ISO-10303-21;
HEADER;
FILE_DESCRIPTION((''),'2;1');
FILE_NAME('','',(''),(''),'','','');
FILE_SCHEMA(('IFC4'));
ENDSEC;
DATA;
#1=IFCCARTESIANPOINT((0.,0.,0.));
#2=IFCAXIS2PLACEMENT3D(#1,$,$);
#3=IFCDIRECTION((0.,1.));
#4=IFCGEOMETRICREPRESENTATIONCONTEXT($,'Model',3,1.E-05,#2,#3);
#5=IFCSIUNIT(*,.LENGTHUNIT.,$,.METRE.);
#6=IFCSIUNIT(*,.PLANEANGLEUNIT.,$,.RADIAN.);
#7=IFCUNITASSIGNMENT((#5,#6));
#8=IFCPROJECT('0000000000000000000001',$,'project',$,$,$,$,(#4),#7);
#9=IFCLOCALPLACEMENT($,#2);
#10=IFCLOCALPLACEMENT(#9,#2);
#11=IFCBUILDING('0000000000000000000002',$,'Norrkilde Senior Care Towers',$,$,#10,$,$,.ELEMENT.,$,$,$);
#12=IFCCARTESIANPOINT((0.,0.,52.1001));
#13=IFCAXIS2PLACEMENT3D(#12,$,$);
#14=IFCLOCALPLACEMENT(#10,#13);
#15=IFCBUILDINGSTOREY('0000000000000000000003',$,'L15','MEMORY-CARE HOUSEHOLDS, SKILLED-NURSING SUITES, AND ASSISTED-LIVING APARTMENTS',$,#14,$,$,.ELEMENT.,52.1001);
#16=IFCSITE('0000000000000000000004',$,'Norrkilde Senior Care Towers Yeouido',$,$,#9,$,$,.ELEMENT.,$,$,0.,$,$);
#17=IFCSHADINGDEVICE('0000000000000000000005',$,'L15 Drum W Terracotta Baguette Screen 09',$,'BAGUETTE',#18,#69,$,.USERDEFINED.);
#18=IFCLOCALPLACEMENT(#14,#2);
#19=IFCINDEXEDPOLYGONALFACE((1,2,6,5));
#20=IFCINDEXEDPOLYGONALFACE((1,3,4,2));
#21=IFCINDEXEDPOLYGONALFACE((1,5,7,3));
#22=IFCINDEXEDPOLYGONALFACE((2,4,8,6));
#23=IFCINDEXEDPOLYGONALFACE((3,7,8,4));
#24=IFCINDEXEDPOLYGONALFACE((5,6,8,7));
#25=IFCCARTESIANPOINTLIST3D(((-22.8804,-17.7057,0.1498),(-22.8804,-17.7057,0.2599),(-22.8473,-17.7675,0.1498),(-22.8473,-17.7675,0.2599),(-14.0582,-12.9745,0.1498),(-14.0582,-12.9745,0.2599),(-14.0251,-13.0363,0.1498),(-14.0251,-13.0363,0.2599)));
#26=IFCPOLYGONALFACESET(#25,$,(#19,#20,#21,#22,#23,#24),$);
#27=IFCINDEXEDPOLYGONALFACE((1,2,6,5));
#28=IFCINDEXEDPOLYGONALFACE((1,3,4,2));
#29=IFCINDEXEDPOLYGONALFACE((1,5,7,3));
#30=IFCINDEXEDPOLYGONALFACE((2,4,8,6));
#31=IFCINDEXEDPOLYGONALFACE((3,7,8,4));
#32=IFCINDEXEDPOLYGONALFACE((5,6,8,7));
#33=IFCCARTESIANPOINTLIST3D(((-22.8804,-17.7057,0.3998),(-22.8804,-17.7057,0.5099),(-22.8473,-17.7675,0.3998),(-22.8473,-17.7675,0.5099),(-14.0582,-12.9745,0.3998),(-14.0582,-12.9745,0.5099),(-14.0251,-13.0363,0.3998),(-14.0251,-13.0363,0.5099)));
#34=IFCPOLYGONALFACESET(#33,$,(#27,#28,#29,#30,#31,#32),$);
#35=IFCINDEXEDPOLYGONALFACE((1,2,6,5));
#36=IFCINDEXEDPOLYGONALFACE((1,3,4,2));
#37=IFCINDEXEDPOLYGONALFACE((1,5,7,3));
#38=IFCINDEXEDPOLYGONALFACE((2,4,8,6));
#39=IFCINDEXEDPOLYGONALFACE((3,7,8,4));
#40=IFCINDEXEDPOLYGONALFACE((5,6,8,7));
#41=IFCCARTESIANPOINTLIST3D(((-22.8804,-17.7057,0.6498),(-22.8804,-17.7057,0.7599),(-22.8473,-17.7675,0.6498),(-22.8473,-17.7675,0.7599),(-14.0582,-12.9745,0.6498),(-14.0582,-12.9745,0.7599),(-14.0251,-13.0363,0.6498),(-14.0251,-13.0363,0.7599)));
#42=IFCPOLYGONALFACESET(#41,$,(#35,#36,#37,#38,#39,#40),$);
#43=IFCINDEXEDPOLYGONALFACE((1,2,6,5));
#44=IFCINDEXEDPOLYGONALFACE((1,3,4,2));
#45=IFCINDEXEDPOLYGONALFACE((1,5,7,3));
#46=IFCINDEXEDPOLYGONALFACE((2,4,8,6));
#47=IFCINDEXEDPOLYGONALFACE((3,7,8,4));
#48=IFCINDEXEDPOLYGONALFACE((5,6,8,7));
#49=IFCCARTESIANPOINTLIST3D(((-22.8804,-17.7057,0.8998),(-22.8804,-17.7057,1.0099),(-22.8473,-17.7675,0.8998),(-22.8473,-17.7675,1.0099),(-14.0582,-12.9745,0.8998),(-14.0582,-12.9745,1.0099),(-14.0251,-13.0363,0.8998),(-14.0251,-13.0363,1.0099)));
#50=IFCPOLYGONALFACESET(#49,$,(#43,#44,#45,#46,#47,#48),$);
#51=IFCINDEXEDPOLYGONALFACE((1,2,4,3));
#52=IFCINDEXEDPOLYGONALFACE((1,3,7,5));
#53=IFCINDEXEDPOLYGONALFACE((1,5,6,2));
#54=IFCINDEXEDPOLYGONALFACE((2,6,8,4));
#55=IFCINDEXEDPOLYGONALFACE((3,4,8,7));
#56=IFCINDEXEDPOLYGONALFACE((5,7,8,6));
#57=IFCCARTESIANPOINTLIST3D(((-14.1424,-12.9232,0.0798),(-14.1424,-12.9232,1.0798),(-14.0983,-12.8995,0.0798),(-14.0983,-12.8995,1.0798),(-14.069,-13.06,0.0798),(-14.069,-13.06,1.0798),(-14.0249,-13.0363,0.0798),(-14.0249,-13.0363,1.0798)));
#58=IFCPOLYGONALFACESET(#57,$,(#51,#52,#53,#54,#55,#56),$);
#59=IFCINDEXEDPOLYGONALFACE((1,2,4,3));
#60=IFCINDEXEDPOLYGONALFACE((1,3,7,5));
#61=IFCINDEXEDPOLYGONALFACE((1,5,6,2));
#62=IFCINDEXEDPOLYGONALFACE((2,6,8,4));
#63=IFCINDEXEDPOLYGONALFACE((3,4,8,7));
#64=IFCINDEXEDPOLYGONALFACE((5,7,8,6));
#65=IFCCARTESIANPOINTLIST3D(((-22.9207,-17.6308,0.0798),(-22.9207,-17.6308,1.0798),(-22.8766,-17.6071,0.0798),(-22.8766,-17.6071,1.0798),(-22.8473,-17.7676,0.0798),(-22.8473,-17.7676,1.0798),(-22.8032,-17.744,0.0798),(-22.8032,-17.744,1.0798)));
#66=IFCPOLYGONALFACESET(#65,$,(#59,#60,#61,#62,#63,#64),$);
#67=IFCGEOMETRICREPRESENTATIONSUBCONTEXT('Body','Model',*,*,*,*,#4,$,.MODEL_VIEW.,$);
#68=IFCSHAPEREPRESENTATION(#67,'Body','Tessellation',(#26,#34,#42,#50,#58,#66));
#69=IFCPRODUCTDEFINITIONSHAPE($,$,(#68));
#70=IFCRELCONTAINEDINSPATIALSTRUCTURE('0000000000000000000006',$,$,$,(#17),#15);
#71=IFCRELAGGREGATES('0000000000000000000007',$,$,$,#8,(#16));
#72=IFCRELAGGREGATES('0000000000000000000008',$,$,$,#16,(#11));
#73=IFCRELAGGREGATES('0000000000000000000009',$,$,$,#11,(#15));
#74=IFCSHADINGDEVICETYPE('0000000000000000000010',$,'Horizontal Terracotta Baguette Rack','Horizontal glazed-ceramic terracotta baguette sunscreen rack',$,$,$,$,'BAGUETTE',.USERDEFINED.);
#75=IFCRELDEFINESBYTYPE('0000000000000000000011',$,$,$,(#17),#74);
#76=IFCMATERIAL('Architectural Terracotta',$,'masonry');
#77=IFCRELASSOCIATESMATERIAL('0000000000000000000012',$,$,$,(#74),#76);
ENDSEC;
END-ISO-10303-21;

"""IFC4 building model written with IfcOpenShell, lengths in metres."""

from ifc_helpers import new_model, si_unit, direction, frame, origin, origin_2d, place, context, subcontext, project, spatial, rectangle, extrude, source, transform, mapped, material, type_object, type_shapes, element, save


model = new_model("IFC4")

# Units and contexts
model_context = context("Model", 3, precision=1e-05, world=origin(), true_north=direction((0.0, 1.0)))
body_context = subcontext(model_context, "Body", "Model", "MODEL_VIEW")
ifc_project = project(units=[si_unit("LENGTHUNIT", "METRE"), si_unit("PLANEANGLEUNIT", "RADIAN")], contexts=[model_context])

# Site, building, storey
site_placement = place(None, origin())
site = spatial("IfcSite", under=ifc_project, at=site_placement, Name="Norrkilde Senior Care Towers Yeouido", CompositionType="ELEMENT", RefElevation=0.0)
building_placement = place(site_placement, origin())
building = spatial("IfcBuilding", under=site, at=building_placement, Name="Norrkilde Senior Care Towers", CompositionType="ELEMENT")
storey_placement = place(building_placement, frame((0.0, 0.0, 52.1001)))
storey = spatial("IfcBuildingStorey", under=building, at=storey_placement, Name="L15", Description="MEMORY-CARE HOUSEHOLDS, SKILLED-NURSING SUITES, AND ASSISTED-LIVING APARTMENTS", CompositionType="ELEMENT", Elevation=52.1001)

# Shading device
ifc_material_1 = material(Name="Architectural Terracotta", Category="masonry")
shading_device_type = type_object("IfcShadingDeviceType", Name="Horizontal Terracotta Baguette Rack", Description="Horizontal glazed-ceramic terracotta baguette sunscreen rack", ElementType="BAGUETTE", PredefinedType="USERDEFINED", material=ifc_material_1)
shared_shape_1 = source(origin(), body_context, "Body", "SweptSolid", [
    extrude(rectangle(XDim=0.0701, YDim=0.1101, at=origin_2d()), frame((0.0, 0.0901, 0.125), z_axis=(1.0, 0.0, 0.0), x_axis=(0.0, 1.0, 0.0)), (0.0, 0.0, 1.0), 10.0107),
    extrude(rectangle(XDim=0.0701, YDim=0.1101, at=origin_2d()), frame((0.0, 0.0901, 0.375), z_axis=(1.0, 0.0, 0.0), x_axis=(0.0, 1.0, 0.0)), (0.0, 0.0, 1.0), 10.0107),
    extrude(rectangle(XDim=0.0701, YDim=0.1101, at=origin_2d()), frame((0.0, 0.0901, 0.625), z_axis=(1.0, 0.0, 0.0), x_axis=(0.0, 1.0, 0.0)), (0.0, 0.0, 1.0), 10.0107),
    extrude(rectangle(XDim=0.0701, YDim=0.1101, at=origin_2d()), frame((0.0, 0.0901, 0.875), z_axis=(1.0, 0.0, 0.0), x_axis=(0.0, 1.0, 0.0)), (0.0, 0.0, 1.0), 10.0107),
    extrude(rectangle(XDim=0.05, YDim=0.1553, at=origin_2d()), frame((0.0249, 0.0476, 0.0)), (0.0, 0.0, 1.0), 1.0),
    extrude(rectangle(XDim=0.05, YDim=0.1553, at=origin_2d()), frame((9.9858, 0.0476, 0.0)), (0.0, 0.0, 1.0), 1.0),
])
type_shapes(shading_device_type, [shared_shape_1])
shading_device_placement = place(storey_placement, frame((-14.0842, -12.926, 0.0798), z_axis=(0.0, 0.0, 1.0), x_axis=(-0.88128, -0.472612, 0.0)))
element("IfcShadingDevice", 1, at=shading_device_placement, inside=storey, type_object=shading_device_type, Name="L15 Drum W Terracotta Baguette Screen 09", ObjectType="BAGUETTE", PredefinedType="USERDEFINED", context=body_context, shape_type="MappedRepresentation", body=[
    mapped(shared_shape_1, transform((0.0, 0.0, 0.0), x_axis=(1.0, 0.0, 0.0), y_axis=(0.0, 1.0, 0.0), z_axis=(0.0, 0.0, 1.0), scale=1.0)),
])

save(model, "model.ifc")
